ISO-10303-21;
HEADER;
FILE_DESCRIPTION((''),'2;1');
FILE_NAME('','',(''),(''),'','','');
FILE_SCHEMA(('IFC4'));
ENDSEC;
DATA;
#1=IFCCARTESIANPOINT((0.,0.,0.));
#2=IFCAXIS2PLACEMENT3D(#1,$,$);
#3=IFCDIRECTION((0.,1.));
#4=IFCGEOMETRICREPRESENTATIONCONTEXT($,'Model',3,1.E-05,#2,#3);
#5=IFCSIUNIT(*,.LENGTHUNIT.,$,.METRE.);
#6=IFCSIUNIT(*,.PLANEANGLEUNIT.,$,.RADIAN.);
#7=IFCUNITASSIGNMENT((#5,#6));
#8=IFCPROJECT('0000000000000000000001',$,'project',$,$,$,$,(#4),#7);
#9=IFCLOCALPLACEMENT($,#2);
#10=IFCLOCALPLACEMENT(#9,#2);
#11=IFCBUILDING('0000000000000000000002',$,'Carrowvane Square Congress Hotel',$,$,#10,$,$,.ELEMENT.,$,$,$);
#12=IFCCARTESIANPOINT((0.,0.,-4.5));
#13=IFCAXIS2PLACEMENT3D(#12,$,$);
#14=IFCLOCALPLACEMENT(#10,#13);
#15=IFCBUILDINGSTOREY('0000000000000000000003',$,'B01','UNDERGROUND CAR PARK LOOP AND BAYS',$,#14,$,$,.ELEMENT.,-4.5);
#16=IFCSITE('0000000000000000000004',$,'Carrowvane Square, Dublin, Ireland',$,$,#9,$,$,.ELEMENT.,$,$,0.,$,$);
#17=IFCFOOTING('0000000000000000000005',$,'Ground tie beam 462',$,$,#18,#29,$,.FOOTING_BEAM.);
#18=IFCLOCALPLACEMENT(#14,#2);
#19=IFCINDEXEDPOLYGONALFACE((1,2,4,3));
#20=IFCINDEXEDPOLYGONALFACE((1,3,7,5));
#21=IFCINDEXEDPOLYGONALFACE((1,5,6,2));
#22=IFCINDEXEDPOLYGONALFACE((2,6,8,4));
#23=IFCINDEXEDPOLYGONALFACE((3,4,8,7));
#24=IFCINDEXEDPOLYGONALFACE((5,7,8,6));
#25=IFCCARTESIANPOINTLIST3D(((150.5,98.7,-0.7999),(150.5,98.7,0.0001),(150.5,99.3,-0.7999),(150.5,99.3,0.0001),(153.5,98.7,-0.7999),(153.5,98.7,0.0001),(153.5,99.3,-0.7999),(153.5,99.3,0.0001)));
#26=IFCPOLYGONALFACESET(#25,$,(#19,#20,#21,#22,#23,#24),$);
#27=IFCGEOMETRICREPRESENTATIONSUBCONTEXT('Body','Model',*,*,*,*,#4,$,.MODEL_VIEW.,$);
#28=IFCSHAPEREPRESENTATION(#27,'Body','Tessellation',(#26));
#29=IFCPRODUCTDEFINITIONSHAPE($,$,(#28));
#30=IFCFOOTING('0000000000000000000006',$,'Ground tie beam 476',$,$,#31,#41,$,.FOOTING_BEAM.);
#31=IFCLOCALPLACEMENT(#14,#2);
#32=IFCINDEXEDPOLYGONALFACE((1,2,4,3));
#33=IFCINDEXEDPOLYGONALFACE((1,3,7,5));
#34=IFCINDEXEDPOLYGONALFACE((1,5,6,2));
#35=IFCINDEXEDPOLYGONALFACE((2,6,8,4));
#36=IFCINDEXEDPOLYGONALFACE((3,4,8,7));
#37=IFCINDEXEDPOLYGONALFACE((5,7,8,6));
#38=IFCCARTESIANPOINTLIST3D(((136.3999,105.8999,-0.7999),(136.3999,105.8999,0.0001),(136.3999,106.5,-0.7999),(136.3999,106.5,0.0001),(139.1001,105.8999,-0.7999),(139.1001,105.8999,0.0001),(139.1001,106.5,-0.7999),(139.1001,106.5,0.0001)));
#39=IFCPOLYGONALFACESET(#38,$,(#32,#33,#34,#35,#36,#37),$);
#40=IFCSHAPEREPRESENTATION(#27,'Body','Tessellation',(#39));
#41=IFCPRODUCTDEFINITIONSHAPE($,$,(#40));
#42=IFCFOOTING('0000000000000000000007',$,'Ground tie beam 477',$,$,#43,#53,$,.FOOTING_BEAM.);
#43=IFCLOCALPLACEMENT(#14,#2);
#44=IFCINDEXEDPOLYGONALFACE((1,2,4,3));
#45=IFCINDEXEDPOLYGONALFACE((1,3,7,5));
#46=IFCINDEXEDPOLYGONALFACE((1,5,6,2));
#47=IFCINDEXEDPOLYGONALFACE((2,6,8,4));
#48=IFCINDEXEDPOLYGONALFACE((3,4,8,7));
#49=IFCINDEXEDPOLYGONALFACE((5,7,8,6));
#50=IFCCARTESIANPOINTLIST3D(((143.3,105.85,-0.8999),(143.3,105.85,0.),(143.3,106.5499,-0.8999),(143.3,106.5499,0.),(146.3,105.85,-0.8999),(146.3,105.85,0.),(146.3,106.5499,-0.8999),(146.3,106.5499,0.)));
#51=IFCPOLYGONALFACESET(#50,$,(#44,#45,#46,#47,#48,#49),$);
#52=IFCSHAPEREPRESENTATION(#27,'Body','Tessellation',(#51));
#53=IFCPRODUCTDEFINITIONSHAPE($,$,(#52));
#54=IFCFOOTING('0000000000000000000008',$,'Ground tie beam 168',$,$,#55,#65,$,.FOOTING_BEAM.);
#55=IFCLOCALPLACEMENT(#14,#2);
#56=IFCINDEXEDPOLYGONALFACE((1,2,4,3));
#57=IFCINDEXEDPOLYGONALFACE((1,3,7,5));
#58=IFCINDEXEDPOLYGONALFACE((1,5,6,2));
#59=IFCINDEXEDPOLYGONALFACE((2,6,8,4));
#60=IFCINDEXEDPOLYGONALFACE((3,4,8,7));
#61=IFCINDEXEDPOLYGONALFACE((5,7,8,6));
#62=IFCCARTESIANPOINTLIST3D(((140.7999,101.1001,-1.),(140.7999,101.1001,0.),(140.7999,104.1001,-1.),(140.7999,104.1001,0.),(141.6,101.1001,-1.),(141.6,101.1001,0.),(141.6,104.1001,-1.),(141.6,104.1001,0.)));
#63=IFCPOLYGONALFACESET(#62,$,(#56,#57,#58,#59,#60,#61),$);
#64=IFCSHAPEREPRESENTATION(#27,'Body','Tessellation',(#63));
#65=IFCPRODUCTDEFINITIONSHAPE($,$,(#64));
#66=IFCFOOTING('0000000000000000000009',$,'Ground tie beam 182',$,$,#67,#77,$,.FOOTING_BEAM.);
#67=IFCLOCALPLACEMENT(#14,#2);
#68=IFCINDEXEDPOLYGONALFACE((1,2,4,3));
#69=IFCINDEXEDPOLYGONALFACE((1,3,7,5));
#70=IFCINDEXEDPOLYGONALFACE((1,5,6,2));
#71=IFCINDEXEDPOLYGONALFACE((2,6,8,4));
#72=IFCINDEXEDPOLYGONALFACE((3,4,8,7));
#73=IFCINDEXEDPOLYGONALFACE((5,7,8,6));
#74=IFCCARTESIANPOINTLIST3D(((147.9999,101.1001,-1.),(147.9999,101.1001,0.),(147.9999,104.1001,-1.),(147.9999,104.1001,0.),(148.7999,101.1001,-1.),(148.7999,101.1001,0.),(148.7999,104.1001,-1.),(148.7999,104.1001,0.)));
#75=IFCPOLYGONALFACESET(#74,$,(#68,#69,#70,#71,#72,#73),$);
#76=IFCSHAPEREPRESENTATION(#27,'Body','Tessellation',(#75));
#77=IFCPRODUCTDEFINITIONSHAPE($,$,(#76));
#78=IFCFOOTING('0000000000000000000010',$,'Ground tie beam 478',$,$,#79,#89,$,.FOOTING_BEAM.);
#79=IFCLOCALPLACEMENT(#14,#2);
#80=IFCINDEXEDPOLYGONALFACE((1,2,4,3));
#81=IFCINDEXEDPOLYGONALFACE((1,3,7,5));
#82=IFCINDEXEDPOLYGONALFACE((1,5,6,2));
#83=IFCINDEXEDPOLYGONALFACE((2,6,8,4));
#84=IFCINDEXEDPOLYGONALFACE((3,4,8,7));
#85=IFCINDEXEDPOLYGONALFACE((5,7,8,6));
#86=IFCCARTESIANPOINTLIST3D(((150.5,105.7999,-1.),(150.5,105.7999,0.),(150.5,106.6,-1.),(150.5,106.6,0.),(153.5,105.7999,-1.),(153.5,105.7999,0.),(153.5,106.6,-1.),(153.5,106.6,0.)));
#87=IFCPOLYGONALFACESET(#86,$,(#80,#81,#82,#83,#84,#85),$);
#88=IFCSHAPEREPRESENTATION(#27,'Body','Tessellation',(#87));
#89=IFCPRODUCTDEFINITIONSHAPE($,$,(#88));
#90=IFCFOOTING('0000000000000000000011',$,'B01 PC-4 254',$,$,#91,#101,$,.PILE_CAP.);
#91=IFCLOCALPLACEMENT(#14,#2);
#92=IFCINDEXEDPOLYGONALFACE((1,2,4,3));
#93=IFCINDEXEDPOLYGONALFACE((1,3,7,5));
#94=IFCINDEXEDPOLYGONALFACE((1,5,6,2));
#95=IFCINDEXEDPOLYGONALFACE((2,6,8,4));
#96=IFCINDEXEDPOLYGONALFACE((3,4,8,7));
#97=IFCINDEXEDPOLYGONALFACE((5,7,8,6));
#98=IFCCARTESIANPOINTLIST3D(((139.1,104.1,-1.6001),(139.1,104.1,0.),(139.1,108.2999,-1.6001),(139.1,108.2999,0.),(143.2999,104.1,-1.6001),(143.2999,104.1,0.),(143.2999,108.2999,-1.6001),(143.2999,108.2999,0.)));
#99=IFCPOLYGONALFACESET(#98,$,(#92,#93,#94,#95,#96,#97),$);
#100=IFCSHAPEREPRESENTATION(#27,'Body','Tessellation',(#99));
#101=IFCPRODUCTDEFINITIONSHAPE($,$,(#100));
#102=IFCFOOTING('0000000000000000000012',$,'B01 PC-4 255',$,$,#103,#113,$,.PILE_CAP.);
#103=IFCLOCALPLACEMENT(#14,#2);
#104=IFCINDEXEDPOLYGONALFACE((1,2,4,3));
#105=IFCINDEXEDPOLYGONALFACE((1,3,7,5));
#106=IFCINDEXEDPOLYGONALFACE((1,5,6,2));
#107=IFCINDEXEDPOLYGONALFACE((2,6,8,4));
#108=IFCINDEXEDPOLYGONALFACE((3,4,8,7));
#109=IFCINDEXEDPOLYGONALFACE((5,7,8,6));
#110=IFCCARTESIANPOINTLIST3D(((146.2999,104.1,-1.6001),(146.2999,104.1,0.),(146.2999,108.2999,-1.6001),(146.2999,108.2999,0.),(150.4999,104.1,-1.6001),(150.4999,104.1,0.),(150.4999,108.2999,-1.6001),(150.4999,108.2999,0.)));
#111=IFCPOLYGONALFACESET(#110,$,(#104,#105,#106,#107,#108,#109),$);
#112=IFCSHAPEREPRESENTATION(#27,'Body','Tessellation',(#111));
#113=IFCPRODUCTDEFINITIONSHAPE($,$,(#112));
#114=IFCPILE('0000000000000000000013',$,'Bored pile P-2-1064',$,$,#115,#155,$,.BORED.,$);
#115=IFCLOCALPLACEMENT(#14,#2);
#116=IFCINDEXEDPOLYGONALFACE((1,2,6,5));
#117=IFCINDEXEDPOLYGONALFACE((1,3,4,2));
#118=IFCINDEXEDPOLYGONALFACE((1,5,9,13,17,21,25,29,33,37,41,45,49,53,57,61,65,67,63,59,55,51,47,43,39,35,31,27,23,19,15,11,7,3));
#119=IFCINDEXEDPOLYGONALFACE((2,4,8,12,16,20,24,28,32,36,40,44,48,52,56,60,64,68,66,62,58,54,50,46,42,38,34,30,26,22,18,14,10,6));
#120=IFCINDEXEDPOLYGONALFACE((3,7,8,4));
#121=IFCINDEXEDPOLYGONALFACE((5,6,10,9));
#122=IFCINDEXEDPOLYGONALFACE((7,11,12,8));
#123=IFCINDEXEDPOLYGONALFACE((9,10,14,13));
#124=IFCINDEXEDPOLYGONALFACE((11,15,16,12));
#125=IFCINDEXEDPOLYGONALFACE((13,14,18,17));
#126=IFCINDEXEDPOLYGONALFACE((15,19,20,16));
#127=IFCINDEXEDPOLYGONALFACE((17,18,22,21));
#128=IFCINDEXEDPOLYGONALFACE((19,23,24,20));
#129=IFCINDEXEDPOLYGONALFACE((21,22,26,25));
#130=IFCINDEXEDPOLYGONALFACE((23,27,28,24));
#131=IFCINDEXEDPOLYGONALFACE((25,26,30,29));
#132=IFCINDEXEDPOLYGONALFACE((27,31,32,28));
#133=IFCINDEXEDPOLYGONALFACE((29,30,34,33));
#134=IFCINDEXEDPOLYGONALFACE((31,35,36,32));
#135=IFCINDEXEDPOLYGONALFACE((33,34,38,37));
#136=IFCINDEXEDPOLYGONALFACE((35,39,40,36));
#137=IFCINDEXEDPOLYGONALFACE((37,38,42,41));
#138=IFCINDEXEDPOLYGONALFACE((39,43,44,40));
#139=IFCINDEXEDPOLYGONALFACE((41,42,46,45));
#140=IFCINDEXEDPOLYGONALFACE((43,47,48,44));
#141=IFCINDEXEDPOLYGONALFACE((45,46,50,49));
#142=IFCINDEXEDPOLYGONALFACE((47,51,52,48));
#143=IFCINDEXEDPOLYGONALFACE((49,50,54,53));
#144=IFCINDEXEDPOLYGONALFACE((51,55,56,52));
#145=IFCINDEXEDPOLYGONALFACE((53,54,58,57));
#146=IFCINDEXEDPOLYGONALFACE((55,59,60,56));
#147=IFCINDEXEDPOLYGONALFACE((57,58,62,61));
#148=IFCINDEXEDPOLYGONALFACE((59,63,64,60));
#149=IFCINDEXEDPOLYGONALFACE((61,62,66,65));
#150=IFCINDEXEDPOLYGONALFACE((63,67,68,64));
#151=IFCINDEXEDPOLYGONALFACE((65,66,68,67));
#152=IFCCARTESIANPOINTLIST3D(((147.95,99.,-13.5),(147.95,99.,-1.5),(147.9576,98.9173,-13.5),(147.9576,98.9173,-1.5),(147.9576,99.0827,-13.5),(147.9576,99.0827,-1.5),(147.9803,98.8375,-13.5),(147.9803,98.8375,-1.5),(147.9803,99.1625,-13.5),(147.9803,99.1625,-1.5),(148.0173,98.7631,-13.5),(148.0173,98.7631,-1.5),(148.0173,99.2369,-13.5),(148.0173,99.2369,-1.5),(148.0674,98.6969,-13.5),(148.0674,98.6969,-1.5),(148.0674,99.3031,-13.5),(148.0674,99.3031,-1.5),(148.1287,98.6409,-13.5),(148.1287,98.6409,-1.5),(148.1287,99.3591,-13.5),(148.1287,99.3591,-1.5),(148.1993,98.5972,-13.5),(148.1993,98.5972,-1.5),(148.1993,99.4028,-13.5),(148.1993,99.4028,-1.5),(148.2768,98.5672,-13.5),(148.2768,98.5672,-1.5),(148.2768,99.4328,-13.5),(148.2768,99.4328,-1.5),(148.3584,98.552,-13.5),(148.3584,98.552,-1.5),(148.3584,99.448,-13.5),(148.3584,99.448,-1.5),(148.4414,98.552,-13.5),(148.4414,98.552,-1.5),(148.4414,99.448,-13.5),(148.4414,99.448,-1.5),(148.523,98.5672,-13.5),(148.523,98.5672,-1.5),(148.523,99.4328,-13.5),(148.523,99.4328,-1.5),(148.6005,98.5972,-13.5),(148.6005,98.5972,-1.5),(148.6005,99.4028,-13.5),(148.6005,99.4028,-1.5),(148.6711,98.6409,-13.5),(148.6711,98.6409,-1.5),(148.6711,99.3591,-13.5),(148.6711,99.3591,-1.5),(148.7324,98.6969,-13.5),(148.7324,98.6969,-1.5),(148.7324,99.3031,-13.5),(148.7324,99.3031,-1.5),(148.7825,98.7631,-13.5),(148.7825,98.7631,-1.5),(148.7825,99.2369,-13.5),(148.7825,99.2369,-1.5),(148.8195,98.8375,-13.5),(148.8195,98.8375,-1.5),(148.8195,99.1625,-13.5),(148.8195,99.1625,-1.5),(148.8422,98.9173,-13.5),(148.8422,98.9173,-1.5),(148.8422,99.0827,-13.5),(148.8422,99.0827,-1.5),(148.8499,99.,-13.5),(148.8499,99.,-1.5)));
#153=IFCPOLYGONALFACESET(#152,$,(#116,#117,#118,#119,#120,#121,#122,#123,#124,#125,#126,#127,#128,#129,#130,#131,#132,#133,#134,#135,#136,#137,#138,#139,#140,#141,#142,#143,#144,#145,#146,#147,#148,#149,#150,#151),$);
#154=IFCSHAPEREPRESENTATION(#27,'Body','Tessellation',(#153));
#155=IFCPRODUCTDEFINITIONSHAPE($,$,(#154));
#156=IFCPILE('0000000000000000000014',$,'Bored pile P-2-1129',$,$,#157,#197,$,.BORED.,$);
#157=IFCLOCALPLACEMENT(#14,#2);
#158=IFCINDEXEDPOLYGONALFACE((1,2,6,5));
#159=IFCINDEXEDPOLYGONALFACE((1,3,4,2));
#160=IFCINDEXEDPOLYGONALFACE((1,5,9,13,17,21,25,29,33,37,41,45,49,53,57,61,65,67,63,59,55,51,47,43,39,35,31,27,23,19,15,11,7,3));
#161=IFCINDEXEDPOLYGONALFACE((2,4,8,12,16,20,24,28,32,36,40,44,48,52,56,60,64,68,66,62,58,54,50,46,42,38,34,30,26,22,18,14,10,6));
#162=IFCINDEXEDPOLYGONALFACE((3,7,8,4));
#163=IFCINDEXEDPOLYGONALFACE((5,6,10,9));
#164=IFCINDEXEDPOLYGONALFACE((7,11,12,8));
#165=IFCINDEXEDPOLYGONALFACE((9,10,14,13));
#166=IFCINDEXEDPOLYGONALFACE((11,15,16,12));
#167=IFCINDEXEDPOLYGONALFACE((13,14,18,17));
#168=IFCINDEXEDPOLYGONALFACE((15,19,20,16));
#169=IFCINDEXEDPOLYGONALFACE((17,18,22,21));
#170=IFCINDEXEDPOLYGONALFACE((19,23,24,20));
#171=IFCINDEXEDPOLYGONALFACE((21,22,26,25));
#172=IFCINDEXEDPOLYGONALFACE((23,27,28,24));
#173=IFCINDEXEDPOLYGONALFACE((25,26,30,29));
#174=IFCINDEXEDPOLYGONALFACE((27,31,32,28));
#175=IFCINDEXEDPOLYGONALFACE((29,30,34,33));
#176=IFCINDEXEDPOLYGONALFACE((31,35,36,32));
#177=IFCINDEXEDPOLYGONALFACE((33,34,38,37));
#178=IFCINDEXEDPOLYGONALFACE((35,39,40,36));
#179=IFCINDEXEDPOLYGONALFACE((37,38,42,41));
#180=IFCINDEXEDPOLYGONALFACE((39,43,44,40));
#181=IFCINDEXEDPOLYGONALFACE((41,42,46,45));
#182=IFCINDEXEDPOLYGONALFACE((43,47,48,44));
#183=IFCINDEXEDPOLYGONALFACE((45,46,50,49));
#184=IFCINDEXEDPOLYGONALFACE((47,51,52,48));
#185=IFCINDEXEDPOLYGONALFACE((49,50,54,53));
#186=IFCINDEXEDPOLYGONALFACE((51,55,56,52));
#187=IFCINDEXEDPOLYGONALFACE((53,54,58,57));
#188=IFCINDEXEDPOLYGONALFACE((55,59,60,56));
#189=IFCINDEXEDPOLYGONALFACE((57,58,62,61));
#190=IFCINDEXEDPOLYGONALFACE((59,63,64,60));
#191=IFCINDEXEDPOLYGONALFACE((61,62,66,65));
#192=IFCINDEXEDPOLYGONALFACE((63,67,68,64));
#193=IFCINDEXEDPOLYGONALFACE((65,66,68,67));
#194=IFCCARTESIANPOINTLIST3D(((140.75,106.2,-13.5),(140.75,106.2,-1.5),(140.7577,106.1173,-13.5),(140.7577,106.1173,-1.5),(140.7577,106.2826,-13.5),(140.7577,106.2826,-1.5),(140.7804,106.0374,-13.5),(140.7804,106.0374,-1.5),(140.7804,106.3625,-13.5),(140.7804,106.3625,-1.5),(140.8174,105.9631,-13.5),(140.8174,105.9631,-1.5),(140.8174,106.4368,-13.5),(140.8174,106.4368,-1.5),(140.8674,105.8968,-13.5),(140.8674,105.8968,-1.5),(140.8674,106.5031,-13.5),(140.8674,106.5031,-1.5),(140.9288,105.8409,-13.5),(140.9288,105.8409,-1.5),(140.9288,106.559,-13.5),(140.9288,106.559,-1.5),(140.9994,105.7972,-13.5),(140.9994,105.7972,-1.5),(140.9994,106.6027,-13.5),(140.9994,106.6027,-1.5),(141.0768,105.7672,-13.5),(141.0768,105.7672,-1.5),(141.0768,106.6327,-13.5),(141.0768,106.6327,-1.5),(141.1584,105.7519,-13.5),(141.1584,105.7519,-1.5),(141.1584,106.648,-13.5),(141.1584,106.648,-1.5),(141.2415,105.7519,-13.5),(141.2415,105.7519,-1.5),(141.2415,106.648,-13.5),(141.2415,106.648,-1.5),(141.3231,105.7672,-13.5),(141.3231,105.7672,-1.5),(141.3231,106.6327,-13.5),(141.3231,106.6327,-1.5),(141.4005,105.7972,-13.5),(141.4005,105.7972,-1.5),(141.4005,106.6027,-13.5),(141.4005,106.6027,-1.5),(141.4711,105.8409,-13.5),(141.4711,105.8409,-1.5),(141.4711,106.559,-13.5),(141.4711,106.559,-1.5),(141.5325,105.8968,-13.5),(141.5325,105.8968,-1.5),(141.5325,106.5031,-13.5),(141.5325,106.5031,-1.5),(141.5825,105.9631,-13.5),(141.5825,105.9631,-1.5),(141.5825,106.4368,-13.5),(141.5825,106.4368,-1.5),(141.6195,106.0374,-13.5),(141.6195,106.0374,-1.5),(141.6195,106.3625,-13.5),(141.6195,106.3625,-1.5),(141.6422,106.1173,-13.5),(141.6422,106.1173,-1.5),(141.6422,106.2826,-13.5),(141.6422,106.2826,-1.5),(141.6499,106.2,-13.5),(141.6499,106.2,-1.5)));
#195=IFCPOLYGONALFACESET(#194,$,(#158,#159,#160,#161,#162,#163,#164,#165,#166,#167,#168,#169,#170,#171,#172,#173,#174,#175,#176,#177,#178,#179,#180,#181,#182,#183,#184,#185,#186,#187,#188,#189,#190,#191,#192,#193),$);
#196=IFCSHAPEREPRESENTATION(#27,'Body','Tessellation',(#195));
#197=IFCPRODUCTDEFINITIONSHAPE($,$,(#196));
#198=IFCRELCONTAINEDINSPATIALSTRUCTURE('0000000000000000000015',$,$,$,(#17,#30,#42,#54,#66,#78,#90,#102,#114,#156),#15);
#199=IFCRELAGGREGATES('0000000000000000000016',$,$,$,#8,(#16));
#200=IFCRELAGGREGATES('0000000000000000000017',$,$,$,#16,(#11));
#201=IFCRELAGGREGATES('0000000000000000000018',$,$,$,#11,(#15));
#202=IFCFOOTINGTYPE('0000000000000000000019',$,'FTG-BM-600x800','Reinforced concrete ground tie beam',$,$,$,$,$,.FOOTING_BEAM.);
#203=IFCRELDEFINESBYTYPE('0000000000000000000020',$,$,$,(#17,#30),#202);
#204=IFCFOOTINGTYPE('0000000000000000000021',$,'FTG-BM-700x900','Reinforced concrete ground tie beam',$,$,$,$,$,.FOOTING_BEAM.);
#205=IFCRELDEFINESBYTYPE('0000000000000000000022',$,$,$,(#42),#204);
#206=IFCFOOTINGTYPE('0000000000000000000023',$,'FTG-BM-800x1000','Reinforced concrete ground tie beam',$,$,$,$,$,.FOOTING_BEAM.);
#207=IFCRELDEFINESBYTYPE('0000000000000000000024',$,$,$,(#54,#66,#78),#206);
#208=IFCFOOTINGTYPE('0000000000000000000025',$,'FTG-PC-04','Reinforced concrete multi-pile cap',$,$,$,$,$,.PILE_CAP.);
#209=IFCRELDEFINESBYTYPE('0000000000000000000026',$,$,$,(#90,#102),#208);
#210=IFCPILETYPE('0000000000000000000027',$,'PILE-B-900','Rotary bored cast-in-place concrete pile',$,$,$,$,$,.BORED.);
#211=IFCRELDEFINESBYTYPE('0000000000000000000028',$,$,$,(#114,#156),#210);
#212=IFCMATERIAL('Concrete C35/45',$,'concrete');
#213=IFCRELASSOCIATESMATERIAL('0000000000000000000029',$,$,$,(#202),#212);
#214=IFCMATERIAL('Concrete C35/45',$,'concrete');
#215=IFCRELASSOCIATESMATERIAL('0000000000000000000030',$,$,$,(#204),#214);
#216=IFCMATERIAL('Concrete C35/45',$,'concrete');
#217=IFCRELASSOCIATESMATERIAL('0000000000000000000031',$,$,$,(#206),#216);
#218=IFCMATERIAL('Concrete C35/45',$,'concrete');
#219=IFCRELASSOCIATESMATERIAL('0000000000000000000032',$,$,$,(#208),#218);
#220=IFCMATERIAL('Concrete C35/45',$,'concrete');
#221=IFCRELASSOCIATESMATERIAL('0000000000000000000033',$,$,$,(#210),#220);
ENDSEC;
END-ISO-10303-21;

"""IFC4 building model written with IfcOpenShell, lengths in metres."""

from ifc_helpers import new_model, si_unit, direction, frame, origin, origin_2d, place, context, subcontext, project, spatial, rectangle, circle, extrude, material, material_profile, profile_set, type_object, element, save


model = new_model("IFC4")

# Units and contexts
model_context = context("Model", 3, precision=1e-05, world=origin(), true_north=direction((0.0, 1.0)))
body_context = subcontext(model_context, "Body", "Model", "MODEL_VIEW")
ifc_project = project(units=[si_unit("LENGTHUNIT", "METRE"), si_unit("PLANEANGLEUNIT", "RADIAN")], contexts=[model_context])

# Site, building, storey
site_placement = place(None, origin())
site = spatial("IfcSite", under=ifc_project, at=site_placement, Name="Carrowvane Square, Dublin, Ireland", CompositionType="ELEMENT", RefElevation=0.0)
building_placement = place(site_placement, origin())
building = spatial("IfcBuilding", under=site, at=building_placement, Name="Carrowvane Square Congress Hotel", CompositionType="ELEMENT")
storey_placement = place(building_placement, frame((0.0, 0.0, -4.5)))
storey = spatial("IfcBuildingStorey", under=building, at=storey_placement, Name="B01", Description="UNDERGROUND CAR PARK LOOP AND BAYS", CompositionType="ELEMENT", Elevation=-4.5)

# Footings
ifc_material_1 = material(Name="Concrete C35/45", Category="concrete")
ifc_material_profile_1 = material_profile(ifc_material_1, rectangle(XDim=0.6001, YDim=0.8, at=origin_2d()), Name="RC 600x800")
ifc_profile_set_1 = profile_set([ifc_material_profile_1], Name="Concrete C35/45")
footing_type_1 = type_object("IfcFootingType", Name="FTG-BM-600x800", Description="Reinforced concrete ground tie beam", PredefinedType="FOOTING_BEAM", material=ifc_profile_set_1)
footing_1_placement = place(storey_placement, frame((150.5, 99.0, -0.3999), z_axis=(1.0, 0.0, 0.0), x_axis=(0.0, 1.0, 0.0)))
element("IfcFooting", 1, at=footing_1_placement, inside=storey, type_object=footing_type_1, Name="Ground tie beam 462", PredefinedType="FOOTING_BEAM", context=body_context, shape_type="SweptSolid", body=[
    extrude(rectangle(XDim=0.6001, YDim=0.8, at=origin_2d()), origin(), (0.0, 0.0, 1.0), 3.0),
])
footing_2_placement = place(storey_placement, frame((136.3999, 106.2, -0.3999), z_axis=(1.0, 0.0, 0.0), x_axis=(0.0, 1.0, 0.0)))
element("IfcFooting", 2, at=footing_2_placement, inside=storey, type_object=footing_type_1, Name="Ground tie beam 476", PredefinedType="FOOTING_BEAM", context=body_context, shape_type="SweptSolid", body=[
    extrude(rectangle(XDim=0.6001, YDim=0.8, at=origin_2d()), origin(), (0.0, 0.0, 1.0), 2.7002),
])
ifc_material_2 = material(Name="Concrete C35/45", Category="concrete")
ifc_material_profile_2 = material_profile(ifc_material_2, rectangle(XDim=0.7, YDim=0.8999, at=origin_2d()), Name="RC 700x900")
ifc_profile_set_2 = profile_set([ifc_material_profile_2], Name="Concrete C35/45")
footing_type_2 = type_object("IfcFootingType", Name="FTG-BM-700x900", Description="Reinforced concrete ground tie beam", PredefinedType="FOOTING_BEAM", material=ifc_profile_set_2)
footing_3_placement = place(storey_placement, frame((143.3, 106.2, -0.45), z_axis=(1.0, 0.0, 0.0), x_axis=(0.0, 1.0, 0.0)))
element("IfcFooting", 3, at=footing_3_placement, inside=storey, type_object=footing_type_2, Name="Ground tie beam 477", PredefinedType="FOOTING_BEAM", context=body_context, shape_type="SweptSolid", body=[
    extrude(rectangle(XDim=0.7, YDim=0.8999, at=origin_2d()), origin(), (0.0, 0.0, 1.0), 3.0),
])
ifc_material_3 = material(Name="Concrete C35/45", Category="concrete")
ifc_material_profile_3 = material_profile(ifc_material_3, rectangle(XDim=0.8, YDim=1.0, at=origin_2d()), Name="RC 800x1000")
ifc_profile_set_3 = profile_set([ifc_material_profile_3], Name="Concrete C35/45")
footing_type_3 = type_object("IfcFootingType", Name="FTG-BM-800x1000", Description="Reinforced concrete ground tie beam", PredefinedType="FOOTING_BEAM", material=ifc_profile_set_3)
for number, where, z_axis, x_axis, name in (
    (4, (141.2, 101.1001, -0.5), (0.0, 1.0, 0.0), (-1.0, 0.0, 0.0), "Ground tie beam 168"),
    (5, (148.3999, 101.1001, -0.5), (0.0, 1.0, 0.0), (-1.0, 0.0, 0.0), "Ground tie beam 182"),
    (6, (150.5, 106.2, -0.5), (1.0, 0.0, 0.0), (0.0, 1.0, 0.0), "Ground tie beam 478"),
):
    element("IfcFooting", number, at=place(storey_placement, frame(where, z_axis=z_axis, x_axis=x_axis)), inside=storey, type_object=footing_type_3, Name=name, PredefinedType="FOOTING_BEAM", context=body_context, shape_type="SweptSolid", body=[
        extrude(rectangle(XDim=0.8, YDim=1.0, at=origin_2d()), origin(), (0.0, 0.0, 1.0), 3.0),
    ])
ifc_material_4 = material(Name="Concrete C35/45", Category="concrete")
footing_type_4 = type_object("IfcFootingType", Name="FTG-PC-04", Description="Reinforced concrete multi-pile cap", PredefinedType="PILE_CAP", material=ifc_material_4)
for number, where, z_axis, x_axis, name in (
    (7, (141.2, 106.2, -1.6001), (0.0, 0.0, 1.0), (1.0, 0.0, 0.0), "B01 PC-4 254"),
    (8, (148.3999, 106.2, -1.6001), (0.0, 0.0, 1.0), (1.0, 0.0, 0.0), "B01 PC-4 255"),
):
    element("IfcFooting", number, at=place(storey_placement, frame(where, z_axis=z_axis, x_axis=x_axis)), inside=storey, type_object=footing_type_4, Name=name, PredefinedType="PILE_CAP", context=body_context, shape_type="SweptSolid", body=[
        extrude(rectangle(XDim=4.2, YDim=4.2, at=origin_2d()), origin(), (0.0, 0.0, 1.0), 1.6001),
    ])

# Piles
ifc_material_5 = material(Name="Concrete C35/45", Category="concrete")
ifc_material_profile_4 = material_profile(ifc_material_5, circle(Radius=0.45, at=origin_2d()), Name="PILE D900")
ifc_profile_set_4 = profile_set([ifc_material_profile_4], Name="Concrete C35/45")
pile_type = type_object("IfcPileType", Name="PILE-B-900", Description="Rotary bored cast-in-place concrete pile", PredefinedType="BORED", material=ifc_profile_set_4)
for number, where, z_axis, x_axis, name in (
    (9, (148.3999, 99.0, -1.5), (0.0, 0.0, -1.0), (1.0, 0.0, 0.0), "Bored pile P-2-1064"),
    (10, (141.2, 106.2, -1.5), (0.0, 0.0, -1.0), (1.0, 0.0, 0.0), "Bored pile P-2-1129"),
):
    element("IfcPile", number, at=place(storey_placement, frame(where, z_axis=z_axis, x_axis=x_axis)), inside=storey, type_object=pile_type, Name=name, PredefinedType="BORED", context=body_context, shape_type="SweptSolid", body=[
        extrude(circle(Radius=0.45, at=origin_2d()), origin(), (0.0, 0.0, 1.0), 12.0),
    ])

save(model, "model.ifc")
